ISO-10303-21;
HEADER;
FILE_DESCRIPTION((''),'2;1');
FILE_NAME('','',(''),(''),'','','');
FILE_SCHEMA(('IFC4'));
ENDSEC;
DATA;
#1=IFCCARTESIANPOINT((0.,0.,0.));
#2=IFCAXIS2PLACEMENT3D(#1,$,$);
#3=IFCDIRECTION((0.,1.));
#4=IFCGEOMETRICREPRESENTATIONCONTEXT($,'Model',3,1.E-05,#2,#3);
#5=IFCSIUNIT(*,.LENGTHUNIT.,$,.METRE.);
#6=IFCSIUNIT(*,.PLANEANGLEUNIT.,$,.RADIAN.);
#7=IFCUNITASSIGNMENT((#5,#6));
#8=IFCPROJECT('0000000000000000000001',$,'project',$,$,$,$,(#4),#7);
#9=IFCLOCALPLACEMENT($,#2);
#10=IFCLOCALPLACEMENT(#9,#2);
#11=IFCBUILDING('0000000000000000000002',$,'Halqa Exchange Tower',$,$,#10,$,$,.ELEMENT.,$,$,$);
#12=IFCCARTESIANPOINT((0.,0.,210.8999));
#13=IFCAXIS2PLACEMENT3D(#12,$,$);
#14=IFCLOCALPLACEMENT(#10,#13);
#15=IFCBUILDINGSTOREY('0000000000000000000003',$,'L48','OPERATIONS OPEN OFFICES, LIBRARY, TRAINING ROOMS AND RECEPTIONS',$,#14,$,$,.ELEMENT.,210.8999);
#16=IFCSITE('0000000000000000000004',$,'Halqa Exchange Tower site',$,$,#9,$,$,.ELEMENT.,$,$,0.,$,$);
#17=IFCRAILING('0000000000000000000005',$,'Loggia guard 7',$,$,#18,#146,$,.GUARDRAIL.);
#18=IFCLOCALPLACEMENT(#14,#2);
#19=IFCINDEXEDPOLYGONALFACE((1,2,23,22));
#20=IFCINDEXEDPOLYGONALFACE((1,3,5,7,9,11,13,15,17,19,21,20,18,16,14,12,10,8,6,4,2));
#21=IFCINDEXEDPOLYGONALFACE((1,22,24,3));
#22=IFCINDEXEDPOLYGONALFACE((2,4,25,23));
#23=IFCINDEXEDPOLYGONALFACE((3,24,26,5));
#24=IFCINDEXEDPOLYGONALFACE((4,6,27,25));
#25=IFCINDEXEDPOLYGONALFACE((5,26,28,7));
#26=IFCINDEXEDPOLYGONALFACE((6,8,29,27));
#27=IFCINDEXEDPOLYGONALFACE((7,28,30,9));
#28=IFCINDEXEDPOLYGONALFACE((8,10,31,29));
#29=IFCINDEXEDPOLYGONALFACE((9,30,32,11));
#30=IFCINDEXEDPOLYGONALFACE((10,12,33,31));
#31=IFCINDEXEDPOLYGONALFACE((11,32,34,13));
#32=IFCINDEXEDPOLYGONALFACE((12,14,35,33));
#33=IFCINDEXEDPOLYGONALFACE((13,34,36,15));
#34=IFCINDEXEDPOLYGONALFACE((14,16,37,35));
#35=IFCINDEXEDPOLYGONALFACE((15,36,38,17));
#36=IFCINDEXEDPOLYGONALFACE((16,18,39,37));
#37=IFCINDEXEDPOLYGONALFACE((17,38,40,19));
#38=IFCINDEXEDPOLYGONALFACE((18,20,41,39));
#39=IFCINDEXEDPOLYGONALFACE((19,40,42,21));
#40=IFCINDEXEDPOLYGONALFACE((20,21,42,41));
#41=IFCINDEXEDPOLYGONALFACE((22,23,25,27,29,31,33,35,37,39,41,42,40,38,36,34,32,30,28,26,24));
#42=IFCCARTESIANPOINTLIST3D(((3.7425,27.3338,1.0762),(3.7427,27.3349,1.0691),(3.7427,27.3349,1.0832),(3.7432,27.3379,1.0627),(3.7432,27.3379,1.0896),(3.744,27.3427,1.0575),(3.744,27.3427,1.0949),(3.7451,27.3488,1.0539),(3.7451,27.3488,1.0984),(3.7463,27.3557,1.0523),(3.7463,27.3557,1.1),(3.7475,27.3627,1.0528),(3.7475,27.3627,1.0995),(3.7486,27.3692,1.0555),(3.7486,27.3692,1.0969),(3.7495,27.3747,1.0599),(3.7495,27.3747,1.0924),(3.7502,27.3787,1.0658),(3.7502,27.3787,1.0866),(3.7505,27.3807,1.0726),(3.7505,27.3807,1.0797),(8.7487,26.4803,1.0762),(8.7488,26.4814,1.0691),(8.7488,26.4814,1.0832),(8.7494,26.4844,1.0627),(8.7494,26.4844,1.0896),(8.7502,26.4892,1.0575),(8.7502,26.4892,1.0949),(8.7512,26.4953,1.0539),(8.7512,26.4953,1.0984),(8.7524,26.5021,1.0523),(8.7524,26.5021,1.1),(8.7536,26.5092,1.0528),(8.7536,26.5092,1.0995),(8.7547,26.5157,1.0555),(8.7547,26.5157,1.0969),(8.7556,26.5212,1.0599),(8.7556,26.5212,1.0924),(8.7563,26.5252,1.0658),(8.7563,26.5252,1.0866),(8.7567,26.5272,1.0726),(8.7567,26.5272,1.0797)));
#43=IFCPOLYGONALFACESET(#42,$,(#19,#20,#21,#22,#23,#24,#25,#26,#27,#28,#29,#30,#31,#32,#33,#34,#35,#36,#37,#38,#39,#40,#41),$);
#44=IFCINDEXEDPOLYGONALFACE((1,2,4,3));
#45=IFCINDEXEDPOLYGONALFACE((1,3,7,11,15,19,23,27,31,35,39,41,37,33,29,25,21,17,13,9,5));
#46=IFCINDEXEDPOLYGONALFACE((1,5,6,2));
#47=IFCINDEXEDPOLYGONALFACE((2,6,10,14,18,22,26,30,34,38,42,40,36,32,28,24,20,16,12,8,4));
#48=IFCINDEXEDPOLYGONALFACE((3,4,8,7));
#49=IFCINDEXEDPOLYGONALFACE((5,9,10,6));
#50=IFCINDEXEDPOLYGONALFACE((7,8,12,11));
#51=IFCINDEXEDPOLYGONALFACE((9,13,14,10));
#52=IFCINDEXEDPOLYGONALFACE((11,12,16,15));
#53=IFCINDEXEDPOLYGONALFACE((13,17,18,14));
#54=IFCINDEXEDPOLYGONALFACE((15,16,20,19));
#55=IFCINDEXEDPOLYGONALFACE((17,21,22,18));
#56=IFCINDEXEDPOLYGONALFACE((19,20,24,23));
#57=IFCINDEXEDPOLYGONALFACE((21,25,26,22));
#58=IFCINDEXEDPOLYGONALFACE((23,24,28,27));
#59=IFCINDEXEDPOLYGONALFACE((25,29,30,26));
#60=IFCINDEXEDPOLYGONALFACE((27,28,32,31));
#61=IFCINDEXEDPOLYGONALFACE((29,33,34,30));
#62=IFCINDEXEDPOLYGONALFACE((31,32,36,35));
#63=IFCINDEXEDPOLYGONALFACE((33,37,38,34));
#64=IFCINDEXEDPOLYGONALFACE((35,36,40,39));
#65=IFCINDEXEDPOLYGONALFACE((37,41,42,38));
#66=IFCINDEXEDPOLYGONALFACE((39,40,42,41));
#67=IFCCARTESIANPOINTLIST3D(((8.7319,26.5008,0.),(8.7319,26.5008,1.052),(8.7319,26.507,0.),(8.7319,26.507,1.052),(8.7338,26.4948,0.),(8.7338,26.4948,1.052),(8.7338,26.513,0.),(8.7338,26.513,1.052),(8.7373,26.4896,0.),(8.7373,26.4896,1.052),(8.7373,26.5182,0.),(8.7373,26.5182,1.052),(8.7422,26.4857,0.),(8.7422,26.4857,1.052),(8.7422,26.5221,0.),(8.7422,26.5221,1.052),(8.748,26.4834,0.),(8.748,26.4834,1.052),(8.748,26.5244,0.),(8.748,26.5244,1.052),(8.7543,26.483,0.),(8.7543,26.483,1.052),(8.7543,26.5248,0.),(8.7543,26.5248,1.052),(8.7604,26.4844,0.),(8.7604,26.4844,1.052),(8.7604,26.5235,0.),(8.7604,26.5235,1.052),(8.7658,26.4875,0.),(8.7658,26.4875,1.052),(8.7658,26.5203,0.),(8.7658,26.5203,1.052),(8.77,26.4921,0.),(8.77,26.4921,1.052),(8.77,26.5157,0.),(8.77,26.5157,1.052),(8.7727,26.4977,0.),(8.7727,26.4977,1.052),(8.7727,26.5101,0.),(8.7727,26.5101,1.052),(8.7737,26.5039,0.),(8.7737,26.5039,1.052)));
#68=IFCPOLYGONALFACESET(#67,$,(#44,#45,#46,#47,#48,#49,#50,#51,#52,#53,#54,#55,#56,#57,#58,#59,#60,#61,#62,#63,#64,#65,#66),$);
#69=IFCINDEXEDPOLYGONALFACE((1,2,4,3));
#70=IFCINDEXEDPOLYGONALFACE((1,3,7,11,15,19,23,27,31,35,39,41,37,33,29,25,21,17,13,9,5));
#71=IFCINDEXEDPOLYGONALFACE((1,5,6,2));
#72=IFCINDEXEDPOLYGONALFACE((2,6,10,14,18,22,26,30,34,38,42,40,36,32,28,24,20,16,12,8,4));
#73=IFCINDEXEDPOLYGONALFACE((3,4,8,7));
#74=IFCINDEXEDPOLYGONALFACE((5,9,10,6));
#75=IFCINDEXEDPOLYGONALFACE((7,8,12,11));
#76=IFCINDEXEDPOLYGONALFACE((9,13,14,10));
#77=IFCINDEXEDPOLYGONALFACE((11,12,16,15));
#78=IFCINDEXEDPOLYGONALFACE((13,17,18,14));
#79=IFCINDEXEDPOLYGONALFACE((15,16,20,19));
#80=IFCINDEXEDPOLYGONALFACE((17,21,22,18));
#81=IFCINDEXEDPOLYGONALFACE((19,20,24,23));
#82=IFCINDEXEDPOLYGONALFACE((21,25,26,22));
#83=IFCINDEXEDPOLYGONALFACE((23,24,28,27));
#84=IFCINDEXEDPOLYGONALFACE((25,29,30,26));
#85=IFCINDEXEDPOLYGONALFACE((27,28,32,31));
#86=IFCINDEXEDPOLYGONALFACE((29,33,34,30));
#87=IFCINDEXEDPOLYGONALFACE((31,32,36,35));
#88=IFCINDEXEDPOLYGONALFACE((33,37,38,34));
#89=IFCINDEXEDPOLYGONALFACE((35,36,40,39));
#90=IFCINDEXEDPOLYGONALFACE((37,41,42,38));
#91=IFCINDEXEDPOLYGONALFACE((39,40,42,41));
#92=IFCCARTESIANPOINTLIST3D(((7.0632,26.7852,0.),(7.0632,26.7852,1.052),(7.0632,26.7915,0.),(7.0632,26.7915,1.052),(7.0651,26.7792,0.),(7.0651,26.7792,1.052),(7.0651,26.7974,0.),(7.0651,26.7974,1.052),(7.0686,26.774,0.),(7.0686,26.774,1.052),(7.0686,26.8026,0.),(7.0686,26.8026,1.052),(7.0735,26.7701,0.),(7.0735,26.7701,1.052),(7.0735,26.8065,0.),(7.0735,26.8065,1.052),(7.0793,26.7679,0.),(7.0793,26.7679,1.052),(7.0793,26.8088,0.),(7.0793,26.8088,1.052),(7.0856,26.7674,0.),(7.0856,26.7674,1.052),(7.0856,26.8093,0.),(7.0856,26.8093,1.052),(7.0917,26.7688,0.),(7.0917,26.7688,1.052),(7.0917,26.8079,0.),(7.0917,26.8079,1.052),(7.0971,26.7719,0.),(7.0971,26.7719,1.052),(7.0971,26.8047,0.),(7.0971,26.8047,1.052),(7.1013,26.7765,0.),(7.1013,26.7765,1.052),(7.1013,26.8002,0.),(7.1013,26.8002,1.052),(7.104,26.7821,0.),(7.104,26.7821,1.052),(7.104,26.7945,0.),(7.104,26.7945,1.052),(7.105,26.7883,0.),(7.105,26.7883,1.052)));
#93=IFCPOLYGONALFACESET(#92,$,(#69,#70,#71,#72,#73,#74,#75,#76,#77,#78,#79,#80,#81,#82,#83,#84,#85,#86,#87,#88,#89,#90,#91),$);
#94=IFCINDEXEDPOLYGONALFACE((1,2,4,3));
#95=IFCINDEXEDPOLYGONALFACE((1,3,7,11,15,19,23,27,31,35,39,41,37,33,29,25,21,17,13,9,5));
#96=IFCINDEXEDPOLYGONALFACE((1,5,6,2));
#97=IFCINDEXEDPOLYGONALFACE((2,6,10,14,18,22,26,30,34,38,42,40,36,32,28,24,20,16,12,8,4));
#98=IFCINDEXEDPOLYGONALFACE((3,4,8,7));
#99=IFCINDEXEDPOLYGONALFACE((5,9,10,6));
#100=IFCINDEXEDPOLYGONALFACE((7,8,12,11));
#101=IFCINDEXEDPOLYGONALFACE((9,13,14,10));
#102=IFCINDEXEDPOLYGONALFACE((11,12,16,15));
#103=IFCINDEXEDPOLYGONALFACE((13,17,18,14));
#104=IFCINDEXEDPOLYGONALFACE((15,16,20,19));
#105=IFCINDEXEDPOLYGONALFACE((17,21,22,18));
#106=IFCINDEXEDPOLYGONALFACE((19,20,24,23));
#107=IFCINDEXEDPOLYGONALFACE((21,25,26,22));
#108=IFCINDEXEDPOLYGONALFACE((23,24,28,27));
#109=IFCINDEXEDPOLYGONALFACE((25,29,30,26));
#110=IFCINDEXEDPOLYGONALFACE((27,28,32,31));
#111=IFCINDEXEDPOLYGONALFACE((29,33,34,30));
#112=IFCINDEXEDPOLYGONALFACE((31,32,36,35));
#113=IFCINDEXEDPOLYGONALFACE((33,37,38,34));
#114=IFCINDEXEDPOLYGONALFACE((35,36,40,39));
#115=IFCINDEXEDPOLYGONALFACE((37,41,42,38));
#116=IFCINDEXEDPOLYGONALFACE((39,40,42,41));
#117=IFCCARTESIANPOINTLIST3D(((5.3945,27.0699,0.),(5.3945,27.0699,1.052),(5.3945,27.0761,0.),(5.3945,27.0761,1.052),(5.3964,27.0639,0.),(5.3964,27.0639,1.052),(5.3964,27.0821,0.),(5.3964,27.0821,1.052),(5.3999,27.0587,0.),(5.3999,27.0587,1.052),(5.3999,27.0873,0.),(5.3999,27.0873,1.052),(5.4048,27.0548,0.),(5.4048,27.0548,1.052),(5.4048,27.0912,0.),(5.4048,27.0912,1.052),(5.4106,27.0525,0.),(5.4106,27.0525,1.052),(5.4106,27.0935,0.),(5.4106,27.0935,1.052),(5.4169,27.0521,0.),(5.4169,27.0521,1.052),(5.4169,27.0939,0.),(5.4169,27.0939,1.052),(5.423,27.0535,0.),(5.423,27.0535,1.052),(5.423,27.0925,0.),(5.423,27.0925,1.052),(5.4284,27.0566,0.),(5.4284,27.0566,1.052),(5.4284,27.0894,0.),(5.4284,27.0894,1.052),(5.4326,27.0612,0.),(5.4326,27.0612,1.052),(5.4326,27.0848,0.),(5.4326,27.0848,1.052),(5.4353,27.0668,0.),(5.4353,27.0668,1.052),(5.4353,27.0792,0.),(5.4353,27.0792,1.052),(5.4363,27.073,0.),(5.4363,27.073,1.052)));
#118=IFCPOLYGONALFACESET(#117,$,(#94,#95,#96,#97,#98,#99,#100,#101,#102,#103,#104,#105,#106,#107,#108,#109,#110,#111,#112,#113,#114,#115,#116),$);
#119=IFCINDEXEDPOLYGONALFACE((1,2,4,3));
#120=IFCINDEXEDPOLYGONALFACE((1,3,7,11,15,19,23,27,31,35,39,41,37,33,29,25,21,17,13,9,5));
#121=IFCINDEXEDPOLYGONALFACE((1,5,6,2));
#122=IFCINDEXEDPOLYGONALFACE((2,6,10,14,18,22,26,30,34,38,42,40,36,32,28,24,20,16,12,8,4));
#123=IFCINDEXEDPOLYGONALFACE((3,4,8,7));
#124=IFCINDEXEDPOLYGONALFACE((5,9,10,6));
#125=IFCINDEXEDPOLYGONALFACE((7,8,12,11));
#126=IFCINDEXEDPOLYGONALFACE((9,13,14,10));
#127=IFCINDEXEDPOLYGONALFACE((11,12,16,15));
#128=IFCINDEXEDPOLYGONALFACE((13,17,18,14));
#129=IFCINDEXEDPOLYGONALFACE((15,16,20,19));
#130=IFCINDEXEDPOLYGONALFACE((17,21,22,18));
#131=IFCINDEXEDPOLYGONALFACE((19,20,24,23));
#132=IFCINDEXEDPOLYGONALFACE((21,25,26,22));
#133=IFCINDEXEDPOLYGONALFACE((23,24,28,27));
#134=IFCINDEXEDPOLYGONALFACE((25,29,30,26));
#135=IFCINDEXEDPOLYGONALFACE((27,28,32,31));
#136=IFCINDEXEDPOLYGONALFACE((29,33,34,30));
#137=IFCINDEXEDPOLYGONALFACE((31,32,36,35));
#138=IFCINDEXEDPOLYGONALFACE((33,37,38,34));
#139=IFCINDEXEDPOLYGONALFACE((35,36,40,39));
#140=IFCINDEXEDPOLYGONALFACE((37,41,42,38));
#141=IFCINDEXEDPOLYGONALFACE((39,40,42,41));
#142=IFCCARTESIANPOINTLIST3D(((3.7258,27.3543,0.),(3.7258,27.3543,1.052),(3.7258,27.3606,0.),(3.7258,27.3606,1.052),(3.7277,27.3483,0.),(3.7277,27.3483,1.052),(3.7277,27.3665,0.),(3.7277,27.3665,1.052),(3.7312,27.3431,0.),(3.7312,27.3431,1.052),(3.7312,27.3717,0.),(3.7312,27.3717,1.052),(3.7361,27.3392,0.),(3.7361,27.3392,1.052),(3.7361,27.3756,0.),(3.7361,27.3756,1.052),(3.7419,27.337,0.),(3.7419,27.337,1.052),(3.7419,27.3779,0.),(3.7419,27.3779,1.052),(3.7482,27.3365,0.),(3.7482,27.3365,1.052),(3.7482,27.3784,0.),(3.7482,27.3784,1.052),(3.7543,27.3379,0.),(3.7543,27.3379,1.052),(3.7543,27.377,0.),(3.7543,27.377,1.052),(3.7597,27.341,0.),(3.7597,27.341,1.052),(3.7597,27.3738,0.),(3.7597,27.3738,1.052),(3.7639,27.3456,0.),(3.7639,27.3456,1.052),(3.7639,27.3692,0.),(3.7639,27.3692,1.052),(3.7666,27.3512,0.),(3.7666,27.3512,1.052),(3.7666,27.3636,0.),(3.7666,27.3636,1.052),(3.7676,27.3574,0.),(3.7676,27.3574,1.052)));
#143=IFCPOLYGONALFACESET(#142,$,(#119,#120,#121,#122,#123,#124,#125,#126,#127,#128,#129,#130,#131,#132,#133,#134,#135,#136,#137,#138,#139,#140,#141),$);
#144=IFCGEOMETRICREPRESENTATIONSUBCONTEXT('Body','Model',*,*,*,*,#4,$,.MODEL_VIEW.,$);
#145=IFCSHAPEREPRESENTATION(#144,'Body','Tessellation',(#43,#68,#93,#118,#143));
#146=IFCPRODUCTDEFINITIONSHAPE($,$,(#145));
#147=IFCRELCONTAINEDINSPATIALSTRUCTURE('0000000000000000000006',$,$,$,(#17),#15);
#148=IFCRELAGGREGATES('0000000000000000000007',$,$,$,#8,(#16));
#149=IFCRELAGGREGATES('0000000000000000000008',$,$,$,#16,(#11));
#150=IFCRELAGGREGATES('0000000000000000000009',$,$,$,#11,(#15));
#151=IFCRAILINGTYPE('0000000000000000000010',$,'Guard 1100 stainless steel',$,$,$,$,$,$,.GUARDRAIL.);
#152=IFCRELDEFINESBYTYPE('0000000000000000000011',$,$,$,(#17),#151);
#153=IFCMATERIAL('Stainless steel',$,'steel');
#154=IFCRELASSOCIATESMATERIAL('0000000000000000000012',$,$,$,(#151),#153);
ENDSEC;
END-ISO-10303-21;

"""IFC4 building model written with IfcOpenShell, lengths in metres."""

from ifc_helpers import new_model, si_unit, direction, frame, origin, origin_2d, place, context, subcontext, project, spatial, circle, extrude, material, type_object, element, save


model = new_model("IFC4")

# Units and contexts
model_context = context("Model", 3, precision=1e-05, world=origin(), true_north=direction((0.0, 1.0)))
body_context = subcontext(model_context, "Body", "Model", "MODEL_VIEW")
ifc_project = project(units=[si_unit("LENGTHUNIT", "METRE"), si_unit("PLANEANGLEUNIT", "RADIAN")], contexts=[model_context])

# Site, building, storey
site_placement = place(None, origin())
site = spatial("IfcSite", under=ifc_project, at=site_placement, Name="Halqa Exchange Tower site", CompositionType="ELEMENT", RefElevation=0.0)
building_placement = place(site_placement, origin())
building = spatial("IfcBuilding", under=site, at=building_placement, Name="Halqa Exchange Tower", CompositionType="ELEMENT")
storey_placement = place(building_placement, frame((0.0, 0.0, 210.8999)))
storey = spatial("IfcBuildingStorey", under=building, at=storey_placement, Name="L48", Description="OPERATIONS OPEN OFFICES, LIBRARY, TRAINING ROOMS AND RECEPTIONS", CompositionType="ELEMENT", Elevation=210.8999)

# Railing
ifc_material_1 = material(Name="Stainless steel", Category="steel")
railing_type_1 = type_object("IfcRailingType", Name="Guard 1100 stainless steel", PredefinedType="GUARDRAIL", material=ifc_material_1)
railing_1_placement = place(storey_placement, frame((8.7527, 26.5039, 0.0)))
element("IfcRailing", 1, at=railing_1_placement, inside=storey, type_object=railing_type_1, Name="Loggia guard 7", PredefinedType="GUARDRAIL", context=body_context, shape_type="SweptSolid", body=[
    extrude(circle(Radius=0.0239, at=origin_2d()), frame((0.0, 0.0, 1.0762), z_axis=(-0.985775, 0.16807, 0.0), x_axis=(-0.16807, -0.985775, 0.0)), (0.0, 0.0, 1.0), 5.0784),
    extrude(circle(Radius=0.021, at=origin_2d()), origin(), (0.0, 0.0, 1.0), 1.052),
    extrude(circle(Radius=0.021, at=origin_2d()), frame((-1.6687, 0.2844, 0.0)), (0.0, 0.0, 1.0), 1.052),
    extrude(circle(Radius=0.021, at=origin_2d()), frame((-3.3374, 0.5691, 0.0)), (0.0, 0.0, 1.0), 1.052),
    extrude(circle(Radius=0.021, at=origin_2d()), frame((-5.0061, 0.8535, 0.0)), (0.0, 0.0, 1.0), 1.052),
])

save(model, "model.ifc")
